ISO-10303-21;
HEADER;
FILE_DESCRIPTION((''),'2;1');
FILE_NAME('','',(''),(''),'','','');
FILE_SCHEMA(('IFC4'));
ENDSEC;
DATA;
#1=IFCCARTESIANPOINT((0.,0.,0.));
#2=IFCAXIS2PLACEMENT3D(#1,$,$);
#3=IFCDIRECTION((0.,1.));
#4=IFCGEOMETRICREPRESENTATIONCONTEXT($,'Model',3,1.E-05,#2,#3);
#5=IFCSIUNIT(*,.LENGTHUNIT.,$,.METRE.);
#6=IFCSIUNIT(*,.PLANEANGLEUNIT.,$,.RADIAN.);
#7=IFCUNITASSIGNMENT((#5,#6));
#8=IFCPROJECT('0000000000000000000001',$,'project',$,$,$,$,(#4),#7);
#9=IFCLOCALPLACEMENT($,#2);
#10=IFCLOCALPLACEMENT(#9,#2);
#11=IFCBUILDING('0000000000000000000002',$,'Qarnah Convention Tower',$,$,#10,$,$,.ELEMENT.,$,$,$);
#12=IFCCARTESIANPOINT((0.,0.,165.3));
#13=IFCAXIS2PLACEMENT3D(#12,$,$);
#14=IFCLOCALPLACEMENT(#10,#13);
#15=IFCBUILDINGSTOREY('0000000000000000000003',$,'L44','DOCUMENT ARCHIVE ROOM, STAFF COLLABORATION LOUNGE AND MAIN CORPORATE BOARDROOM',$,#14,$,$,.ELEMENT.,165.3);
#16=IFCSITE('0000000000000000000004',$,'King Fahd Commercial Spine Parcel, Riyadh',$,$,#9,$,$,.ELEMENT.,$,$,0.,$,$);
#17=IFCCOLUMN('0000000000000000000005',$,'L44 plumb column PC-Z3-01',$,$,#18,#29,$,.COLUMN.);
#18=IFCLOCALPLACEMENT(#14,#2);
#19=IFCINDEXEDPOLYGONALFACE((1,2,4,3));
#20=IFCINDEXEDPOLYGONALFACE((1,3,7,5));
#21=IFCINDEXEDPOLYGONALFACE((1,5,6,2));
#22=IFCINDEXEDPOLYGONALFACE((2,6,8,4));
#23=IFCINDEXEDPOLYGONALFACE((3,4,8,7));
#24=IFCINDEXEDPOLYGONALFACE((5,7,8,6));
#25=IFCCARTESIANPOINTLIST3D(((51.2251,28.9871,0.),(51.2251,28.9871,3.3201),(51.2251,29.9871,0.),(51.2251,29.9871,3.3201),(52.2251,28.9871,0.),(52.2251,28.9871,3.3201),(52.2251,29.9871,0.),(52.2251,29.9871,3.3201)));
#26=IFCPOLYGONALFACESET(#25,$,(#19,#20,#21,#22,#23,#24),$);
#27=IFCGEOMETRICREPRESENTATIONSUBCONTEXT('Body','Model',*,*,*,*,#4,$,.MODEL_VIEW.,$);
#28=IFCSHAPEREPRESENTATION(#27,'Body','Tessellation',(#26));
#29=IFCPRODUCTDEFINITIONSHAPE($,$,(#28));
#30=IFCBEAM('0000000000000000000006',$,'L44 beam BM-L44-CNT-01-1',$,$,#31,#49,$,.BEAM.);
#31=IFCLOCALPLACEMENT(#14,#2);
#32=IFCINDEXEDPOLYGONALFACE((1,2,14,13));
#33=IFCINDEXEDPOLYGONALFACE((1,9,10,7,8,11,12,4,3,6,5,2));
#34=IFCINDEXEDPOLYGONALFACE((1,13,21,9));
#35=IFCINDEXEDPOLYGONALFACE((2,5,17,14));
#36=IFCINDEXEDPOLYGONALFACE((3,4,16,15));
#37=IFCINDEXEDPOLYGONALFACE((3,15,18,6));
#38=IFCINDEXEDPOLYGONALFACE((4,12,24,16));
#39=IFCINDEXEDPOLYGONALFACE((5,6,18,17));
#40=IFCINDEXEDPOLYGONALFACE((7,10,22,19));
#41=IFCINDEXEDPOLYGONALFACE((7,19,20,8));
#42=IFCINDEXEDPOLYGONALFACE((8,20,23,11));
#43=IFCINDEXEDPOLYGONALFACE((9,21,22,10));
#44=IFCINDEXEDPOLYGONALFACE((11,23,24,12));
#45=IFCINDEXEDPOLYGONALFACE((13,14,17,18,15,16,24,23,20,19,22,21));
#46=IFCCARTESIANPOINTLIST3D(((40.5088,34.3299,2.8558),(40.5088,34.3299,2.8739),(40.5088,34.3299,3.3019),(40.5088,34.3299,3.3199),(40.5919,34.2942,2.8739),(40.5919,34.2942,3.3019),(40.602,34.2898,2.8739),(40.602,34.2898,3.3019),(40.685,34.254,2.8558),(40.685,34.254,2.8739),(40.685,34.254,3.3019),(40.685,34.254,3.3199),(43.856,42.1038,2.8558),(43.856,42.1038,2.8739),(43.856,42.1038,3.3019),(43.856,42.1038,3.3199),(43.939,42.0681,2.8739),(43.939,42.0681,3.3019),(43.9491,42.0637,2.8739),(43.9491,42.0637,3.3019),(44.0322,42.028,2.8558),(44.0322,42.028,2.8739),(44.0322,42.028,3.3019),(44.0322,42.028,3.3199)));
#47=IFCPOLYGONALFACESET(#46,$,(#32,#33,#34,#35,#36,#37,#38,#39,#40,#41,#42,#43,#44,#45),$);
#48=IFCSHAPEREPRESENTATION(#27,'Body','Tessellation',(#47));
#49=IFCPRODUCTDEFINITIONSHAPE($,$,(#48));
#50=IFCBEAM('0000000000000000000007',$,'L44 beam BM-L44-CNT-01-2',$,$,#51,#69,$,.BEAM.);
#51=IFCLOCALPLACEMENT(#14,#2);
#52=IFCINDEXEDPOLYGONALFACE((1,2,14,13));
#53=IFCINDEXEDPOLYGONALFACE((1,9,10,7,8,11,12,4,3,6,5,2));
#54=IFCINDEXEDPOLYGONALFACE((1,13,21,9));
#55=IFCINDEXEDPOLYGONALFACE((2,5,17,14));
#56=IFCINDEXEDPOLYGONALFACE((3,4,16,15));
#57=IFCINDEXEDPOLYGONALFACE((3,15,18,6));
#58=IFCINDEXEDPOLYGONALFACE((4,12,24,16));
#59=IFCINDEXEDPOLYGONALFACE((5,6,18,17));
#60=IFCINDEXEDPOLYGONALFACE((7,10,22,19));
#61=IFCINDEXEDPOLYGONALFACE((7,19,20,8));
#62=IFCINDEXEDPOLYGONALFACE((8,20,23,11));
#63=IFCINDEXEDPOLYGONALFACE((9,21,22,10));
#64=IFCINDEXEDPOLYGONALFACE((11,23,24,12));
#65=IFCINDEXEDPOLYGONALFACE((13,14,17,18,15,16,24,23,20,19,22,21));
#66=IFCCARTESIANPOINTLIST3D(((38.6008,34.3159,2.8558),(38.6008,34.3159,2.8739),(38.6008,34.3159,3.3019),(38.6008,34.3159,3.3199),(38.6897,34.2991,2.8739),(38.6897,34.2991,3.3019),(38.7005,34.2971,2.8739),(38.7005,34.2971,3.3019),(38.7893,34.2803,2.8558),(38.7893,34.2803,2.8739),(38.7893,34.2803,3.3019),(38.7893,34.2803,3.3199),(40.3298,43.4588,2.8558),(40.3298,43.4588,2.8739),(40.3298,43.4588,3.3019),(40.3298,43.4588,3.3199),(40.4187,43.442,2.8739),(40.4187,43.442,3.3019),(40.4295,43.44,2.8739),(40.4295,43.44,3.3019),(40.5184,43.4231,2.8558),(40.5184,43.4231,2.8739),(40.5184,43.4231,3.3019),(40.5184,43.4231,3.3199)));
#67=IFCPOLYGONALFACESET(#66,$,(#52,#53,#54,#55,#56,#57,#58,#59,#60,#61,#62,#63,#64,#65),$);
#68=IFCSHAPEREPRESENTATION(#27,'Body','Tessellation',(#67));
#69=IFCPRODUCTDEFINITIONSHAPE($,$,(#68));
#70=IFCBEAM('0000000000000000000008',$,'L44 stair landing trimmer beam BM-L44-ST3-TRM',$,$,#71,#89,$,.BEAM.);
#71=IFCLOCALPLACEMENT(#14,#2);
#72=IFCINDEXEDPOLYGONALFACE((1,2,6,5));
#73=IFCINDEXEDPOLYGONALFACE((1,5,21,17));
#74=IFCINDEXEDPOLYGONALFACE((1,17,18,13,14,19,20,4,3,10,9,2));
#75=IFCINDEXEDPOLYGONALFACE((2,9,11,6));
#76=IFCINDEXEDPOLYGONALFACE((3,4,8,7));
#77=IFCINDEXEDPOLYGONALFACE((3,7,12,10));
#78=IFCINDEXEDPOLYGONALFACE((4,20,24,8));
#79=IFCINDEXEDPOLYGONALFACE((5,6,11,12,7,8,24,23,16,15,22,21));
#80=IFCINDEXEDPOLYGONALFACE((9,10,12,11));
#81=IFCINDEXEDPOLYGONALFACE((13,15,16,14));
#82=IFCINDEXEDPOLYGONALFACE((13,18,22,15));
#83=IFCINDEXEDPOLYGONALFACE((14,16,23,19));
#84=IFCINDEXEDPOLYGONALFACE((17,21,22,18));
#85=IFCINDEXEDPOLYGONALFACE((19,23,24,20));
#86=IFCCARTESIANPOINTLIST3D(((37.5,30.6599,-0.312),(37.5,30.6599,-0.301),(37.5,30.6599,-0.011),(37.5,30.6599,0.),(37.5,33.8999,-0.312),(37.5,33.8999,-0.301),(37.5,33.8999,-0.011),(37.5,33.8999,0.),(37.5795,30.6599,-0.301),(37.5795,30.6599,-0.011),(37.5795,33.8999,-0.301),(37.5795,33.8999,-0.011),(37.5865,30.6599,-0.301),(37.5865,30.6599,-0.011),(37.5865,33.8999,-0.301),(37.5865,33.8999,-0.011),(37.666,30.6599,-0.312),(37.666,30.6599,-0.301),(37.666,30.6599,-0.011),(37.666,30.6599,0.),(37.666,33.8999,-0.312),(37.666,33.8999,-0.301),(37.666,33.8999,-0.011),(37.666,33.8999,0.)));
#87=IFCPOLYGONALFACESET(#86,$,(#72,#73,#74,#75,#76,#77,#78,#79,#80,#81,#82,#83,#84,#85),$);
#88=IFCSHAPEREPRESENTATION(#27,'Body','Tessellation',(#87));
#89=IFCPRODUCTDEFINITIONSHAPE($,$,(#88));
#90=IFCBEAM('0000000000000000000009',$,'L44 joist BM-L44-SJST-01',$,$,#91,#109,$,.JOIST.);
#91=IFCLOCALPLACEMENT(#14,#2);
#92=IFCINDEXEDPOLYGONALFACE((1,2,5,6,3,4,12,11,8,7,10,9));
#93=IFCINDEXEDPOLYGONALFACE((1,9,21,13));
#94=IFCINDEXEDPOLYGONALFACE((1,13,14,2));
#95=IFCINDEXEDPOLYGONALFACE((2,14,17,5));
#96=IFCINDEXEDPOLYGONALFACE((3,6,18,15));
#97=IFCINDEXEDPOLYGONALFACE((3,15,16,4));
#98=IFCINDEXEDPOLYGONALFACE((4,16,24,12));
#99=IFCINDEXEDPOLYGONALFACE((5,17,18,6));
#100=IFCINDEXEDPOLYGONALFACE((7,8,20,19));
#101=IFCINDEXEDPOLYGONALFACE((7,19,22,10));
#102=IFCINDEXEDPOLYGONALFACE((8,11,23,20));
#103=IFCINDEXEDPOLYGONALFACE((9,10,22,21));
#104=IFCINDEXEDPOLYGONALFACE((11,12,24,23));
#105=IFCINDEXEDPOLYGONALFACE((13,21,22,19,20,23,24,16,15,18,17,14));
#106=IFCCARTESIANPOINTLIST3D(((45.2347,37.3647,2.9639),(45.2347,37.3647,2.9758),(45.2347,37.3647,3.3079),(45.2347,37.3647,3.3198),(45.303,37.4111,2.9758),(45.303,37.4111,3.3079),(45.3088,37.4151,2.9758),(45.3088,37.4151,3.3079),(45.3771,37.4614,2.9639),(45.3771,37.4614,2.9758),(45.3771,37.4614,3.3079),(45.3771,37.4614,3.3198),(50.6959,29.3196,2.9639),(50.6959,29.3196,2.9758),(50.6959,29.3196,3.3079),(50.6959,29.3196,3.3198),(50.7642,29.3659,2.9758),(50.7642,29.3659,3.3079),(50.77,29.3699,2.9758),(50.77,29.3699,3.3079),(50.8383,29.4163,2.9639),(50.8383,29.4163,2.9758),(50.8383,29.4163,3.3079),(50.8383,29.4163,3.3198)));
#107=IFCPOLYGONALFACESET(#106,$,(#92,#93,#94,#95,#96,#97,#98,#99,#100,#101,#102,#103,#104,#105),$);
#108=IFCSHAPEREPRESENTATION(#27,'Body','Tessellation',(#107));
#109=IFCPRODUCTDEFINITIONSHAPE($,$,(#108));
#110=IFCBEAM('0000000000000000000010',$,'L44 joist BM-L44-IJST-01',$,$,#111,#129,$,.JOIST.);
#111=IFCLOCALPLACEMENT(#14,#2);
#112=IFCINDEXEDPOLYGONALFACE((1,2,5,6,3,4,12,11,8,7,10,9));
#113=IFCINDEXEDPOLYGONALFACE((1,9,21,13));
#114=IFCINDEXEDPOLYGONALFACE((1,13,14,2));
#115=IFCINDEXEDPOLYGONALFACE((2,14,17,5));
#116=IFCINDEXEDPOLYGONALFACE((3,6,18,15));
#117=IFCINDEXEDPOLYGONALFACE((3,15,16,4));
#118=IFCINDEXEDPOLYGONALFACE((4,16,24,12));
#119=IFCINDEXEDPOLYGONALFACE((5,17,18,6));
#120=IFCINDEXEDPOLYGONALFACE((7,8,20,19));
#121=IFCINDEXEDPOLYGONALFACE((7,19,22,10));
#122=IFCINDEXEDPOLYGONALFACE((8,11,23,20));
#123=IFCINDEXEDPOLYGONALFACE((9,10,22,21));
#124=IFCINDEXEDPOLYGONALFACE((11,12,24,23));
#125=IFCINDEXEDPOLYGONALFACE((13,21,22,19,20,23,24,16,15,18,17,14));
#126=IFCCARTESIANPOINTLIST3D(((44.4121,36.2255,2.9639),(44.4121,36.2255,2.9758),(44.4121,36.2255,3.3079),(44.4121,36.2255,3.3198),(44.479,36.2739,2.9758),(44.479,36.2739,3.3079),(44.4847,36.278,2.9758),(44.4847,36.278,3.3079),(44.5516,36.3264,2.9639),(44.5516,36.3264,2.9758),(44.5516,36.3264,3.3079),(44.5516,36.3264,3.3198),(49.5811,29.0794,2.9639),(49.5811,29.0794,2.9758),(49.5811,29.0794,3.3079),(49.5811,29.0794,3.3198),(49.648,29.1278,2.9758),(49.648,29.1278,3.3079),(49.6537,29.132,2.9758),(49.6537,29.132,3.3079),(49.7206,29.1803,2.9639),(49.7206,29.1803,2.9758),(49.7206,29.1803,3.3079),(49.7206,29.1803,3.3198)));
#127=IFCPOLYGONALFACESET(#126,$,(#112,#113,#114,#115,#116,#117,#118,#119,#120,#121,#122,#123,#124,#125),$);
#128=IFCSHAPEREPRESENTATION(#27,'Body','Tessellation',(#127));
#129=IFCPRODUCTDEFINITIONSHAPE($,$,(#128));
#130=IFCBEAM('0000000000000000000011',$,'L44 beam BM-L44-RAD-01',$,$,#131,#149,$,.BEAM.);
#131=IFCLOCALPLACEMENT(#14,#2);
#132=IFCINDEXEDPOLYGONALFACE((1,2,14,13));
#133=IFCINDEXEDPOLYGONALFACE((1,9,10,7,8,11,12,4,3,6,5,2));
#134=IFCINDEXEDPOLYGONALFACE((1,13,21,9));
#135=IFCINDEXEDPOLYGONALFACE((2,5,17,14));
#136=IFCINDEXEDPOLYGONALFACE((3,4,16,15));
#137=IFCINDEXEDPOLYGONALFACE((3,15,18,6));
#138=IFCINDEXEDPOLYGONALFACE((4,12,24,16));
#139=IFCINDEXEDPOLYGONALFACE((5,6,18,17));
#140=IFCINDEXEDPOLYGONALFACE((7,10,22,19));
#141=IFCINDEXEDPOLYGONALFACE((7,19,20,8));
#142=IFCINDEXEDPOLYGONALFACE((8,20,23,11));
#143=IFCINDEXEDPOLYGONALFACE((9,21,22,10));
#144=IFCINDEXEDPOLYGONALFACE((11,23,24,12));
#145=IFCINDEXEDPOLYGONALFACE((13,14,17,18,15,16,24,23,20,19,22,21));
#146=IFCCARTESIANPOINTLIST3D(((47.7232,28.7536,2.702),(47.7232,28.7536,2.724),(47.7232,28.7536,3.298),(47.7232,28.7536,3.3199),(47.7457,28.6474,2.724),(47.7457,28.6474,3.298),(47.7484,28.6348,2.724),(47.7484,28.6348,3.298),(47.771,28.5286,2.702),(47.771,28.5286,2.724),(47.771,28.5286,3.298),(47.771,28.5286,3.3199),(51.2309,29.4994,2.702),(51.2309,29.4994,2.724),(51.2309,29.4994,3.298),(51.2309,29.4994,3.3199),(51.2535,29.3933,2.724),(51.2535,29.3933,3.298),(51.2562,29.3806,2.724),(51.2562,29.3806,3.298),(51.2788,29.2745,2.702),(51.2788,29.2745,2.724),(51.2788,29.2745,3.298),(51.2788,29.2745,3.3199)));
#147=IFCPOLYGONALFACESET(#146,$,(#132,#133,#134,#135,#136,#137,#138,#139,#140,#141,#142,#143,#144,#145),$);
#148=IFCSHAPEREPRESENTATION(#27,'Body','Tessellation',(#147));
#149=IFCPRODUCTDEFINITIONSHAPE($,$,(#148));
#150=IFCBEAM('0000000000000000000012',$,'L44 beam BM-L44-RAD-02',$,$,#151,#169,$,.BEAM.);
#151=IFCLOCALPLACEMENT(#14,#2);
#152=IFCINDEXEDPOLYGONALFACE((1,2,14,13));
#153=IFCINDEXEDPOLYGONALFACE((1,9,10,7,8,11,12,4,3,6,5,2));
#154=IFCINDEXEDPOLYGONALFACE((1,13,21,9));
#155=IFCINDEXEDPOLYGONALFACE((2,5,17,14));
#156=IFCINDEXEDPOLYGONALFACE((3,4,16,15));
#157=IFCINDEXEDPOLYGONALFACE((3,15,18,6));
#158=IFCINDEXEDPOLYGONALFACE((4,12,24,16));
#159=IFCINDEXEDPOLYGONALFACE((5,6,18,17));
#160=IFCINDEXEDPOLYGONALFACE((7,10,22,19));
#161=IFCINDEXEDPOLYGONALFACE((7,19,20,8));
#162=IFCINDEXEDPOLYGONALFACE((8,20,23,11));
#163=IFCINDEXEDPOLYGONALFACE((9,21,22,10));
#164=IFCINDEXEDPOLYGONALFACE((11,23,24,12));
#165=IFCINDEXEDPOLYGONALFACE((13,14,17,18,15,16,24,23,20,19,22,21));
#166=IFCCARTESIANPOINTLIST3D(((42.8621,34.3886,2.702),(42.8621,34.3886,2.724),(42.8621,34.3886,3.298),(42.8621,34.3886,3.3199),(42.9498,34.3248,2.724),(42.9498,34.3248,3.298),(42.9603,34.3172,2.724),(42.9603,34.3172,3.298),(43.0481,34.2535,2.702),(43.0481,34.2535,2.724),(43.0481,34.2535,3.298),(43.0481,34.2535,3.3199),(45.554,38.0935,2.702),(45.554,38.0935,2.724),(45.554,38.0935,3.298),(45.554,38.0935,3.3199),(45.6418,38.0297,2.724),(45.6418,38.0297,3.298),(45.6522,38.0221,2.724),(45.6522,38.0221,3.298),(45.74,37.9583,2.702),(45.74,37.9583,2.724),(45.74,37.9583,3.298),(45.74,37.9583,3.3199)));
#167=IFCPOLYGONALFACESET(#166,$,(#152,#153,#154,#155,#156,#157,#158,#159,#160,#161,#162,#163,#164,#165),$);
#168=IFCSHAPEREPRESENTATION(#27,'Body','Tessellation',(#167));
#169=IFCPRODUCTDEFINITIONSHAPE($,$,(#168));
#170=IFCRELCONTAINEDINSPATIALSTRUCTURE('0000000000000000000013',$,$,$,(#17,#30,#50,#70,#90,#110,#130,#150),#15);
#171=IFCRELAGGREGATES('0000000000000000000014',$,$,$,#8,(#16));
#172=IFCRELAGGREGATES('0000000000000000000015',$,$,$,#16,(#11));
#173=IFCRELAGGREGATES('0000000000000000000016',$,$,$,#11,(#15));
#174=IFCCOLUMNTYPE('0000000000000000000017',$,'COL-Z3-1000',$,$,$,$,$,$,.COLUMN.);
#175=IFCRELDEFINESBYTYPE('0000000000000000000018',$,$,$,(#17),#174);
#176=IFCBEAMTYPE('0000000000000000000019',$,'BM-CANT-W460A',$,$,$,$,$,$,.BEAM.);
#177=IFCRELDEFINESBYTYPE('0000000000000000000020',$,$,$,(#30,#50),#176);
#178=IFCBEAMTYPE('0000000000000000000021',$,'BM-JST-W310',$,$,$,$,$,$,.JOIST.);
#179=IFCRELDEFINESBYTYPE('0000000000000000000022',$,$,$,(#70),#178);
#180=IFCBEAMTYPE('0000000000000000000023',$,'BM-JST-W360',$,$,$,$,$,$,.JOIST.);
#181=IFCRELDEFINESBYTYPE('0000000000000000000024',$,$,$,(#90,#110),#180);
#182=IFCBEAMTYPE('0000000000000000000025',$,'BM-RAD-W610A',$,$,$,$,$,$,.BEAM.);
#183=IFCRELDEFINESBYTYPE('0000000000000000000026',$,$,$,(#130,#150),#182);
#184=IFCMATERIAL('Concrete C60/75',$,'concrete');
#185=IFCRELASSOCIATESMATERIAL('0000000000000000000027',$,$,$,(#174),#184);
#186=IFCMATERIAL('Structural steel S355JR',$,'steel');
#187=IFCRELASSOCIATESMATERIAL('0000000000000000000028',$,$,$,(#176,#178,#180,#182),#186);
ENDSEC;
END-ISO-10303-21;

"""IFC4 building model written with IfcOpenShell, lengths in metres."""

from ifc_helpers import new_model, si_unit, direction, frame, origin, origin_2d, place, context, subcontext, project, spatial, rectangle, i_section, extrude, material, material_profile, profile_set, type_object, element, save


model = new_model("IFC4")

# Units and contexts
model_context = context("Model", 3, precision=1e-05, world=origin(), true_north=direction((0.0, 1.0)))
body_context = subcontext(model_context, "Body", "Model", "MODEL_VIEW")
ifc_project = project(units=[si_unit("LENGTHUNIT", "METRE"), si_unit("PLANEANGLEUNIT", "RADIAN")], contexts=[model_context])

# Site, building, storey
site_placement = place(None, origin())
site = spatial("IfcSite", under=ifc_project, at=site_placement, Name="King Fahd Commercial Spine Parcel, Riyadh", CompositionType="ELEMENT", RefElevation=0.0)
building_placement = place(site_placement, origin())
building = spatial("IfcBuilding", under=site, at=building_placement, Name="Qarnah Convention Tower", CompositionType="ELEMENT")
storey_placement = place(building_placement, frame((0.0, 0.0, 165.3)))
storey = spatial("IfcBuildingStorey", under=building, at=storey_placement, Name="L44", Description="DOCUMENT ARCHIVE ROOM, STAFF COLLABORATION LOUNGE AND MAIN CORPORATE BOARDROOM", CompositionType="ELEMENT", Elevation=165.3)

# Column
ifc_material_1 = material(Name="Concrete C60/75", Category="concrete")
ifc_material_profile_1 = material_profile(ifc_material_1, rectangle(XDim=1.0, YDim=1.0, at=origin_2d()), Name="RC-COL-1000X1000")
ifc_profile_set_1 = profile_set([ifc_material_profile_1], Name="Concrete C60/75")
column_type = type_object("IfcColumnType", Name="COL-Z3-1000", PredefinedType="COLUMN", material=ifc_profile_set_1)
column_placement = place(storey_placement, frame((51.7251, 29.4871, 0.0), z_axis=(0.0, 0.0, 1.0), x_axis=(1.0, 0.0, 0.0)))
element("IfcColumn", 1, at=column_placement, inside=storey, type_object=column_type, Name="L44 plumb column PC-Z3-01", PredefinedType="COLUMN", context=body_context, shape_type="SweptSolid", body=[
    extrude(rectangle(XDim=1.0, YDim=1.0, at=origin_2d()), origin(), (0.0, 0.0, 1.0), 3.3201),
])

# Beams
ifc_material_2 = material(Name="Structural steel S355JR", Category="steel")
ifc_material_profile_2 = material_profile(ifc_material_2, i_section(OverallWidth=0.1919, OverallDepth=0.4641, WebThickness=0.011, FlangeThickness=0.0181, at=origin_2d()), Name="W460X89")
ifc_profile_set_2 = profile_set([ifc_material_profile_2], Name="Structural steel S355JR")
beam_type_1 = type_object("IfcBeamType", Name="BM-CANT-W460A", PredefinedType="BEAM", material=ifc_profile_set_2)
beam_1_placement = place(storey_placement, frame((40.5969, 34.292, 3.0879), z_axis=(0.395464, 0.918481, 0.0), x_axis=(-0.918481, 0.395464, 0.0)))
element("IfcBeam", 2, at=beam_1_placement, inside=storey, type_object=beam_type_1, Name="L44 beam BM-L44-CNT-01-1", PredefinedType="BEAM", context=body_context, shape_type="SweptSolid", body=[
    extrude(i_section(OverallWidth=0.1919, OverallDepth=0.4641, WebThickness=0.011, FlangeThickness=0.0181, at=origin_2d()), origin(), (0.0, 0.0, 1.0), 8.4639),
])
beam_2_placement = place(storey_placement, frame((38.6951, 34.2981, 3.0879), z_axis=(0.185817, 0.982584, 0.0), x_axis=(-0.982584, 0.185817, 0.0)))
element("IfcBeam", 3, at=beam_2_placement, inside=storey, type_object=beam_type_1, Name="L44 beam BM-L44-CNT-01-2", PredefinedType="BEAM", context=body_context, shape_type="SweptSolid", body=[
    extrude(i_section(OverallWidth=0.1919, OverallDepth=0.4641, WebThickness=0.011, FlangeThickness=0.0181, at=origin_2d()), origin(), (0.0, 0.0, 1.0), 9.3049),
])
ifc_material_profile_3 = material_profile(ifc_material_2, i_section(OverallWidth=0.166, OverallDepth=0.312, WebThickness=0.0071, FlangeThickness=0.011, at=origin_2d()), Name="W310X45")
ifc_profile_set_3 = profile_set([ifc_material_profile_3], Name="Structural steel S355JR")
beam_type_2 = type_object("IfcBeamType", Name="BM-JST-W310", PredefinedType="JOIST", material=ifc_profile_set_3)
beam_3_placement = place(storey_placement, frame((37.583, 30.6599, -0.156), z_axis=(0.0, 1.0, 0.0), x_axis=(-1.0, 0.0, 0.0)))
element("IfcBeam", 4, at=beam_3_placement, inside=storey, type_object=beam_type_2, Name="L44 stair landing trimmer beam BM-L44-ST3-TRM", PredefinedType="BEAM", context=body_context, shape_type="SweptSolid", body=[
    extrude(i_section(OverallWidth=0.166, OverallDepth=0.312, WebThickness=0.0071, FlangeThickness=0.011, at=origin_2d()), origin(), (0.0, 0.0, 1.0), 3.24),
])
ifc_material_profile_4 = material_profile(ifc_material_2, i_section(OverallWidth=0.1721, OverallDepth=0.356, WebThickness=0.0071, FlangeThickness=0.012, at=origin_2d()), Name="W360X51")
ifc_profile_set_4 = profile_set([ifc_material_profile_4], Name="Structural steel S355JR")
beam_type_3 = type_object("IfcBeamType", Name="BM-JST-W360", PredefinedType="JOIST", material=ifc_profile_set_4)
beam_4_placement = place(storey_placement, frame((50.7671, 29.3679, 3.1418), z_axis=(-0.56164, 0.827382, 0.0), x_axis=(-0.827382, -0.56164, 0.0)))
element("IfcBeam", 5, at=beam_4_placement, inside=storey, type_object=beam_type_3, Name="L44 joist BM-L44-SJST-01", PredefinedType="JOIST", context=body_context, shape_type="SweptSolid", body=[
    extrude(i_section(OverallWidth=0.1721, OverallDepth=0.356, WebThickness=0.0071, FlangeThickness=0.012, at=origin_2d()), origin(), (0.0, 0.0, 1.0), 9.7236),
])
beam_5_placement = place(storey_placement, frame((49.6509, 29.1299, 3.1418), z_axis=(-0.586083, 0.810251, 0.0), x_axis=(-0.810251, -0.586083, 0.0)))
element("IfcBeam", 6, at=beam_5_placement, inside=storey, type_object=beam_type_3, Name="L44 joist BM-L44-IJST-01", PredefinedType="JOIST", context=body_context, shape_type="SweptSolid", body=[
    extrude(i_section(OverallWidth=0.1721, OverallDepth=0.356, WebThickness=0.0071, FlangeThickness=0.012, at=origin_2d()), origin(), (0.0, 0.0, 1.0), 8.8196),
])
ifc_material_profile_5 = material_profile(ifc_material_2, i_section(OverallWidth=0.23, OverallDepth=0.6179, WebThickness=0.0129, FlangeThickness=0.022, at=origin_2d()), Name="W610X140")
ifc_profile_set_5 = profile_set([ifc_material_profile_5], Name="Structural steel S355JR")
beam_type_4 = type_object("IfcBeamType", Name="BM-RAD-W610A", PredefinedType="BEAM", material=ifc_profile_set_5)
beam_6_placement = place(storey_placement, frame((47.7471, 28.6411, 3.011), z_axis=(0.978134, 0.207976, 0.0), x_axis=(-0.207976, 0.978134, 0.0)))
element("IfcBeam", 7, at=beam_6_placement, inside=storey, type_object=beam_type_4, Name="L44 beam BM-L44-RAD-01", PredefinedType="BEAM", context=body_context, shape_type="SweptSolid", body=[
    extrude(i_section(OverallWidth=0.23, OverallDepth=0.6179, WebThickness=0.0129, FlangeThickness=0.022, at=origin_2d()), origin(), (0.0, 0.0, 1.0), 3.5862),
])
beam_7_placement = place(storey_placement, frame((42.9551, 34.321, 3.011), z_axis=(0.58781, 0.808999, 0.0), x_axis=(-0.808999, 0.58781, 0.0)))
element("IfcBeam", 8, at=beam_7_placement, inside=storey, type_object=beam_type_4, Name="L44 beam BM-L44-RAD-02", PredefinedType="BEAM", context=body_context, shape_type="SweptSolid", body=[
    extrude(i_section(OverallWidth=0.23, OverallDepth=0.6179, WebThickness=0.0129, FlangeThickness=0.022, at=origin_2d()), origin(), (0.0, 0.0, 1.0), 4.5796),
])

save(model, "model.ifc")
